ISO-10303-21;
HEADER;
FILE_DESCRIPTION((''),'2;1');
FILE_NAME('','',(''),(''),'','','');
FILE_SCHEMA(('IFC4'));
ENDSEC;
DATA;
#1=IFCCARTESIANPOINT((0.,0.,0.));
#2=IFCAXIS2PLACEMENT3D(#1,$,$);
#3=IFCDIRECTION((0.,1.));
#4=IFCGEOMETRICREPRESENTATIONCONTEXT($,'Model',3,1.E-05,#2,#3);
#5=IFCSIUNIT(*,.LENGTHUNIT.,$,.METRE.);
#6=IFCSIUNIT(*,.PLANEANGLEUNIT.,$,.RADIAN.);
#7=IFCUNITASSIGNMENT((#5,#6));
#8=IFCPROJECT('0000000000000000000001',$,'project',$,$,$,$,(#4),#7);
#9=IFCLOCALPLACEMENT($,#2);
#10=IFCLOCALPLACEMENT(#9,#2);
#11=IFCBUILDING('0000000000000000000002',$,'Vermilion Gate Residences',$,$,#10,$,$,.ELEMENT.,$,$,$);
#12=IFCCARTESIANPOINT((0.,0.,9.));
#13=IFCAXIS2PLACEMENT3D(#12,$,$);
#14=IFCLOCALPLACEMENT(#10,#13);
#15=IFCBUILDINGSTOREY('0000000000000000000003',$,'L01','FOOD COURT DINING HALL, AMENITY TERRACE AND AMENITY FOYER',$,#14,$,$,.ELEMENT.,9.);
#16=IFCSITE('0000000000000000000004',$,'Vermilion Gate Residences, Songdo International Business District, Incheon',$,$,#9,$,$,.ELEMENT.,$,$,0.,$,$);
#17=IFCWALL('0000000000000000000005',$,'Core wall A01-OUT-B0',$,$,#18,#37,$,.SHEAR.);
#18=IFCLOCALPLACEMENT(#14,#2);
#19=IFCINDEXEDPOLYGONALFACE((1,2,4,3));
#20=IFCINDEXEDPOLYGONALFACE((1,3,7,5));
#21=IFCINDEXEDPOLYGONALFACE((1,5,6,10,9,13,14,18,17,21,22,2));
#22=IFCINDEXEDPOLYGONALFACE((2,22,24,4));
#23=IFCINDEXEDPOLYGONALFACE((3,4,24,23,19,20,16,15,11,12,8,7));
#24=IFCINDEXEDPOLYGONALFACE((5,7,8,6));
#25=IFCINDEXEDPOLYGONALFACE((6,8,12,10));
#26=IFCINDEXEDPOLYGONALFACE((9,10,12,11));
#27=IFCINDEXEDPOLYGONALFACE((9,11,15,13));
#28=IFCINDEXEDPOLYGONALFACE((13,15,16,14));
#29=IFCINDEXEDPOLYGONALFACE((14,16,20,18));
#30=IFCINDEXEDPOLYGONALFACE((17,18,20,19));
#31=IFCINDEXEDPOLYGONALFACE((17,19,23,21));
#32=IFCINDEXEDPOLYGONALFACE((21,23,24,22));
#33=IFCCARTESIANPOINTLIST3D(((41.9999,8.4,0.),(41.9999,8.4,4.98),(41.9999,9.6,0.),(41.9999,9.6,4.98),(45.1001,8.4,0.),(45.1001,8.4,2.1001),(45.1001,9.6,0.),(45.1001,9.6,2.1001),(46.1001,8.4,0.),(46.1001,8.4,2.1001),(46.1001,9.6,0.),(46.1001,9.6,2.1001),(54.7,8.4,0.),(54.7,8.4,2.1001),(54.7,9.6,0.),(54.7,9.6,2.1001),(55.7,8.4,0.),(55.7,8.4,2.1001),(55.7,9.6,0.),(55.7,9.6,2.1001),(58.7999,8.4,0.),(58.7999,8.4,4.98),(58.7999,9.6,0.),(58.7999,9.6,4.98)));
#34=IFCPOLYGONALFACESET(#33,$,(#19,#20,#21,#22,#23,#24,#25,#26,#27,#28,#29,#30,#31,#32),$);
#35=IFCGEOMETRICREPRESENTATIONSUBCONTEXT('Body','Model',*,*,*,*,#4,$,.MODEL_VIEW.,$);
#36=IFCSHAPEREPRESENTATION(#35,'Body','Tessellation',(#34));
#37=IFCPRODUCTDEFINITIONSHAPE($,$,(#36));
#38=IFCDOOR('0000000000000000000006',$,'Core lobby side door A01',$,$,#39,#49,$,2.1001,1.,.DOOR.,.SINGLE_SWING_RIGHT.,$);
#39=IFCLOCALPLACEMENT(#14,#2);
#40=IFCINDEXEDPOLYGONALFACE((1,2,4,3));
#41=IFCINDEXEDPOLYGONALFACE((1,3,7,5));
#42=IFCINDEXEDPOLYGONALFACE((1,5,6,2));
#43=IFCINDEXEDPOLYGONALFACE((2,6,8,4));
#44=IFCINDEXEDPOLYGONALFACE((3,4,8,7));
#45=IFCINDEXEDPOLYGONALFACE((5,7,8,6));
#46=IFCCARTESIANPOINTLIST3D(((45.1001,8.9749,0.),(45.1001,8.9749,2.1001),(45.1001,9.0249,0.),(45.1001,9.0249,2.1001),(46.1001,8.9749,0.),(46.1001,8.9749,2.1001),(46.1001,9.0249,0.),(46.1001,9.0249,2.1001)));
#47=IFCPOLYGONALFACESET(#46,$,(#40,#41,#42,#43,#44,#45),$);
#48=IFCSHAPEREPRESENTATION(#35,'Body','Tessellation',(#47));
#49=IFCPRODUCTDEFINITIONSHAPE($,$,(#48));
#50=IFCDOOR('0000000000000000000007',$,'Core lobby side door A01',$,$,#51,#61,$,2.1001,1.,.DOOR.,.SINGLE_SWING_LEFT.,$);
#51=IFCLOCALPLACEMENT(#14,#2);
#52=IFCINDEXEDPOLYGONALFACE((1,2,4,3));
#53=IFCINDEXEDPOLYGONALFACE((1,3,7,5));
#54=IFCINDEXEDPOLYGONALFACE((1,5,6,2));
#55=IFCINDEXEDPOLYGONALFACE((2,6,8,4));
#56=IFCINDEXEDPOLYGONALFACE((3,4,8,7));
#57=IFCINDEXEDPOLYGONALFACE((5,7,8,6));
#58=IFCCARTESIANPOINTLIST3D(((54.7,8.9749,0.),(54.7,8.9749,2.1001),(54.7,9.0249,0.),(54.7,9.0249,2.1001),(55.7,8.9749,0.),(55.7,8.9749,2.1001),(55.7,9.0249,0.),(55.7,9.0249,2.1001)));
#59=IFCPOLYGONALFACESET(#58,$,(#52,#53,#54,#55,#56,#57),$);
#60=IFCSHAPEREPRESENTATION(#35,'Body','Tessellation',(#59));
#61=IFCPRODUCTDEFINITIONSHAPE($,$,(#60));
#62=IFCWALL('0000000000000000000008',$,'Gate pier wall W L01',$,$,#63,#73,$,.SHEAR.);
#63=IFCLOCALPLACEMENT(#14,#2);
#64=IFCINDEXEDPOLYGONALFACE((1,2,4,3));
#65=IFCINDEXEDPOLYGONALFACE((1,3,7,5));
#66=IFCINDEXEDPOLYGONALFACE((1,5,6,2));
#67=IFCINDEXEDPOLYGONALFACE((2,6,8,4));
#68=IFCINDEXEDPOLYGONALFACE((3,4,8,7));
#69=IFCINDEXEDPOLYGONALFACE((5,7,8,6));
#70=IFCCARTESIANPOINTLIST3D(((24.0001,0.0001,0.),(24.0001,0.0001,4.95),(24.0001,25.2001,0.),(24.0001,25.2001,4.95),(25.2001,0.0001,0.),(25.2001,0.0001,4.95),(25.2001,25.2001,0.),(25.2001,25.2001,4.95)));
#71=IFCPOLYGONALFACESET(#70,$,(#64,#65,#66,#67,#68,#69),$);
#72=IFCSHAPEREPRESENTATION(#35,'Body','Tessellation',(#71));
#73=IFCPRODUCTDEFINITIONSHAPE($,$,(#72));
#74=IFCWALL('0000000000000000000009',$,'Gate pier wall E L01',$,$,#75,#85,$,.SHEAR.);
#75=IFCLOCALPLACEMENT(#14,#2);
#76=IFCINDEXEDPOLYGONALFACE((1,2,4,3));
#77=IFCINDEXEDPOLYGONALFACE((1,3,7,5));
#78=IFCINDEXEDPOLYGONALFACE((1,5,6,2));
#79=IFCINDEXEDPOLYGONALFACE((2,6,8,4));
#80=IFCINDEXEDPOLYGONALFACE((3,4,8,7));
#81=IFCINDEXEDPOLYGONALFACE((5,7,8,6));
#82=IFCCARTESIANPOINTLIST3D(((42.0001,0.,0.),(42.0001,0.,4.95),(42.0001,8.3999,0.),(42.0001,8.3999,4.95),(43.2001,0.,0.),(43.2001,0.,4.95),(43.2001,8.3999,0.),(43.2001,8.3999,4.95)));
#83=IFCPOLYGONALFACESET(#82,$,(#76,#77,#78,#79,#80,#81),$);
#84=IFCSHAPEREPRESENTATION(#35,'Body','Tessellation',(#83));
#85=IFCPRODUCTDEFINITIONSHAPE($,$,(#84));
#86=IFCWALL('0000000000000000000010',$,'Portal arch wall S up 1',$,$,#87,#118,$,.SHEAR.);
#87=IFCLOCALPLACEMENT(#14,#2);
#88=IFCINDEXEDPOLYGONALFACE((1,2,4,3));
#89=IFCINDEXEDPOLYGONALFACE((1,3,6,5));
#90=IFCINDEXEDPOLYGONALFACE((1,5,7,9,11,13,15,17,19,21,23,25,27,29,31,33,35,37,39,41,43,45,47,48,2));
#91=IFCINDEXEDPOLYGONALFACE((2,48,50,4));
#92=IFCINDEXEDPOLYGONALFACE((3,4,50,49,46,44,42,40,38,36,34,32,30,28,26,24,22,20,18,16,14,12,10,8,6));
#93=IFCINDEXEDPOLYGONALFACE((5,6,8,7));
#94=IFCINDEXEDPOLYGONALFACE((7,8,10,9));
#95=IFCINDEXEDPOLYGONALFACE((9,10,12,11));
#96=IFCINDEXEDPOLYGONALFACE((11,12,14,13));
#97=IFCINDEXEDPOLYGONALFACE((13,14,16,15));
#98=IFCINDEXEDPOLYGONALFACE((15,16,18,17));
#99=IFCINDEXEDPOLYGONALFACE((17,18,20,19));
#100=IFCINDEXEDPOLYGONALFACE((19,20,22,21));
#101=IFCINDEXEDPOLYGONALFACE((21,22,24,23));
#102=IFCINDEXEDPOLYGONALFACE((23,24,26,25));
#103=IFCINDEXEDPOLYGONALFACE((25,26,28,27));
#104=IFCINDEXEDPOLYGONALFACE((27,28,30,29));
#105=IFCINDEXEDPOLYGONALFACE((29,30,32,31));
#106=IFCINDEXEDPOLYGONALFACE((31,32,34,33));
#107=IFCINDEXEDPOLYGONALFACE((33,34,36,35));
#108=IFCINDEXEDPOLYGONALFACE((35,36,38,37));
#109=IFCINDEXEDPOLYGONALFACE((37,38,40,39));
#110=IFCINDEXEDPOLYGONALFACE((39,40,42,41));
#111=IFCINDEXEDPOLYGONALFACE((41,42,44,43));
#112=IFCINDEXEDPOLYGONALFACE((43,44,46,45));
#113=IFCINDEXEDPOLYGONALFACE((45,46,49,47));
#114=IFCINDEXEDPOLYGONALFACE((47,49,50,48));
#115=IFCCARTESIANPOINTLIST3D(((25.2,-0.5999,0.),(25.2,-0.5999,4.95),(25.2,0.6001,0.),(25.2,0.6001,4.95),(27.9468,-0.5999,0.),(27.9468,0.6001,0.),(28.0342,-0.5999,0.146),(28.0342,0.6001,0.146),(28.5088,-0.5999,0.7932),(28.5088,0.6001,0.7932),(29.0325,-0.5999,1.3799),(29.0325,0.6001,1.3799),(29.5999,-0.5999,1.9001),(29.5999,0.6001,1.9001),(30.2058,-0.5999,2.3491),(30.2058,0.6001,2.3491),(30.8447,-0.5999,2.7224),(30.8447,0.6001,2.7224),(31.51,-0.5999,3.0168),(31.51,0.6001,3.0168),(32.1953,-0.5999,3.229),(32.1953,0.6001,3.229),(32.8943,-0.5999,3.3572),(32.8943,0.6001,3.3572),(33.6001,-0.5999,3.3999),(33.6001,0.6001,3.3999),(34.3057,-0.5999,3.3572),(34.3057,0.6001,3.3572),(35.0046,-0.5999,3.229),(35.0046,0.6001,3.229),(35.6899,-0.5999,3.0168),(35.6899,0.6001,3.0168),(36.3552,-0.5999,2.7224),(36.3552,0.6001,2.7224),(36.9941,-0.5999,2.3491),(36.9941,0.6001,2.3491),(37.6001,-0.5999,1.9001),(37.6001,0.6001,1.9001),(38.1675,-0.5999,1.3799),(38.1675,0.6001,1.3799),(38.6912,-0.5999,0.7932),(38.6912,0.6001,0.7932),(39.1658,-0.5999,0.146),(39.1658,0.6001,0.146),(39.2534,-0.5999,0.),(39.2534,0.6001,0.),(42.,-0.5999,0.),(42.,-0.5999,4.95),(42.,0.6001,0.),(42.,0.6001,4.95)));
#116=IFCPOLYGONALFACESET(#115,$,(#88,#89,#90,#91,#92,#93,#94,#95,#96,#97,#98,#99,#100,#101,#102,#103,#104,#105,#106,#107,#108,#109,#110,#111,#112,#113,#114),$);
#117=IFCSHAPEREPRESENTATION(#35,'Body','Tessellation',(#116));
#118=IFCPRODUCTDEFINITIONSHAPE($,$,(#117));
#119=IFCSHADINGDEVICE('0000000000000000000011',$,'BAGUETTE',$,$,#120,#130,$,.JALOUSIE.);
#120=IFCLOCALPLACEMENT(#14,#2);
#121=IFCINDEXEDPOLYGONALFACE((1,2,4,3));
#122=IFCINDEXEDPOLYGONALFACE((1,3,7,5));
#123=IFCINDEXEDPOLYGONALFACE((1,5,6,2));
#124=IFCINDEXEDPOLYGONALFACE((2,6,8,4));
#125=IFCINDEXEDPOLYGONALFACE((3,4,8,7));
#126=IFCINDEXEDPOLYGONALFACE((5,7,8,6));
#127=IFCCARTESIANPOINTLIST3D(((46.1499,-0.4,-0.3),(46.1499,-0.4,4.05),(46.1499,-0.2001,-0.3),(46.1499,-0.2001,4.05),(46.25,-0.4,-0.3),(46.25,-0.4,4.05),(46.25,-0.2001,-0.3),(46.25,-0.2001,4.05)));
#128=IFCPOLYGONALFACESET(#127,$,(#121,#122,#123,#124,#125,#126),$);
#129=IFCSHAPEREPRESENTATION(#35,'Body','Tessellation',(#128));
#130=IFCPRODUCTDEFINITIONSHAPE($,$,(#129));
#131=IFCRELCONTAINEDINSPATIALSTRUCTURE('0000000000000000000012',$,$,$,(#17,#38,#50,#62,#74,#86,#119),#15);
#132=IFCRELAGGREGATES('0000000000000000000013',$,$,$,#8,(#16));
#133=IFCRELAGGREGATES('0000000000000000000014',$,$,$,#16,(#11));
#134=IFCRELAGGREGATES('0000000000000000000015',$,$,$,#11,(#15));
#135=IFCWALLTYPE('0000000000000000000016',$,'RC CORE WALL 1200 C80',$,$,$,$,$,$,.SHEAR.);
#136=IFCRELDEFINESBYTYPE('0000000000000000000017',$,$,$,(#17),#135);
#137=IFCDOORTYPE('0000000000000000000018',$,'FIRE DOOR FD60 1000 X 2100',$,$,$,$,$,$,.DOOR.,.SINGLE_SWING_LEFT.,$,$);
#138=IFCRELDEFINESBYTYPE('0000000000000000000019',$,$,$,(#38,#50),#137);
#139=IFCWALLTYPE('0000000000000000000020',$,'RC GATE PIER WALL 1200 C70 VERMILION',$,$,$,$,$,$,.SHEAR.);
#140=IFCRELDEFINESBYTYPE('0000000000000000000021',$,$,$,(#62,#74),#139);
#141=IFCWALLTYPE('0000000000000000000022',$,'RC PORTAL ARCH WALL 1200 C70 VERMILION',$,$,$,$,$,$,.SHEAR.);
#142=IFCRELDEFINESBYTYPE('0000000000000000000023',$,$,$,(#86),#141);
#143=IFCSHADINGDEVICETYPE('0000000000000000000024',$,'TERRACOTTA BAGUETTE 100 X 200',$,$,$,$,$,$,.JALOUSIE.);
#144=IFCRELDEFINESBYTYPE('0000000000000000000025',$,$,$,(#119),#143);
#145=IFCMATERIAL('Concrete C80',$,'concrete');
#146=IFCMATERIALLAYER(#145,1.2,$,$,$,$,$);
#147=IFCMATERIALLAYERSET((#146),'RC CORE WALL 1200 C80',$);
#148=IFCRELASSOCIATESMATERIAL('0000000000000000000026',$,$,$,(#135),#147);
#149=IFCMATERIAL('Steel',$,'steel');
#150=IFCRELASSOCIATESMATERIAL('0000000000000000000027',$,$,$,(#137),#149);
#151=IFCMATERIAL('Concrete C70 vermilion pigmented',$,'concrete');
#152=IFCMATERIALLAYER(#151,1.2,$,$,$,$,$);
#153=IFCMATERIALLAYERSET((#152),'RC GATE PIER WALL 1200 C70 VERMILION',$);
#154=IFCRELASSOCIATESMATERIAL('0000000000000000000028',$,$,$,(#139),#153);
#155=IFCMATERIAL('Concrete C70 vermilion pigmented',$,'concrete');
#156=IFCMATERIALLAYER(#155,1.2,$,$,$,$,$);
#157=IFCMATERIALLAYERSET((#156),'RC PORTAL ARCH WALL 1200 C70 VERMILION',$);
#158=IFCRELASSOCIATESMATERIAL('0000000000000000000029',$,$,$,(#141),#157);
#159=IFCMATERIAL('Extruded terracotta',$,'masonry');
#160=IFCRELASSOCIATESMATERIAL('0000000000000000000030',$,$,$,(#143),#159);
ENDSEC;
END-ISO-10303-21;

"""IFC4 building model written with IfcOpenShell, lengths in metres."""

from ifc_helpers import new_model, si_unit, direction, frame, frame_2d, origin, origin_2d, place, context, subcontext, project, spatial, polyline, rectangle, outline, extrude, material, layer, layer_set, material_profile, profile_set, type_object, element, fill, save


model = new_model("IFC4")

# Units and contexts
model_context = context("Model", 3, precision=1e-05, world=origin(), true_north=direction((0.0, 1.0)))
body_context = subcontext(model_context, "Body", "Model", "MODEL_VIEW")
ifc_project = project(units=[si_unit("LENGTHUNIT", "METRE"), si_unit("PLANEANGLEUNIT", "RADIAN")], contexts=[model_context])

# Site, building, storey
site_placement = place(None, origin())
site = spatial("IfcSite", under=ifc_project, at=site_placement, Name="Vermilion Gate Residences, Songdo International Business District, Incheon", CompositionType="ELEMENT", RefElevation=0.0)
building_placement = place(site_placement, origin())
building = spatial("IfcBuilding", under=site, at=building_placement, Name="Vermilion Gate Residences", CompositionType="ELEMENT")
storey_placement = place(building_placement, frame((0.0, 0.0, 9.0)))
storey = spatial("IfcBuildingStorey", under=building, at=storey_placement, Name="L01", Description="FOOD COURT DINING HALL, AMENITY TERRACE AND AMENITY FOYER", CompositionType="ELEMENT", Elevation=9.0)

# Wall, openings, doors
ifc_material_1 = material(Name="Concrete C80", Category="concrete")
ifc_layer_1 = layer(ifc_material_1, 1.2)
ifc_layer_set_1 = layer_set([ifc_layer_1], Name="RC CORE WALL 1200 C80")
wall_type_1 = type_object("IfcWallType", Name="RC CORE WALL 1200 C80", PredefinedType="SHEAR", material=ifc_layer_set_1)
wall_1_placement = place(storey_placement, frame((42.0, 9.0, 0.0), z_axis=(0.0, 0.0, 1.0), x_axis=(1.0, 0.0, 0.0)))
wall_1 = element("IfcWall", 1, at=wall_1_placement, inside=storey, type_object=wall_type_1, Name="Core wall A01-OUT-B0", PredefinedType="SHEAR", context=body_context, shape_type="SweptSolid", body=[
    extrude(rectangle(XDim=16.8, YDim=1.2, at=frame_2d((8.3999, 0.0))), origin(), (0.0, 0.0, 1.0), 4.98),
])
opening_1_placement = place(wall_1_placement, frame((3.1001, 0.0, 0.0)))
opening_1 = element("IfcOpeningElement", 2, at=opening_1_placement, cuts=wall_1, PredefinedType="OPENING", context=body_context, shape_type="SweptSolid", body=[
    extrude(rectangle(XDim=1.0, YDim=2.1001, at=frame_2d((0.5, 1.05))), frame((0.0, 0.6099, 0.0), z_axis=(0.0, -1.0, 0.0), x_axis=(1.0, 0.0, 0.0)), (0.0, 0.0, 1.0), 1.22),
])
opening_2_placement = place(wall_1_placement, frame((12.7, 0.0, 0.0)))
opening_2 = element("IfcOpeningElement", 3, at=opening_2_placement, cuts=wall_1, PredefinedType="OPENING", context=body_context, shape_type="SweptSolid", body=[
    extrude(rectangle(XDim=1.0, YDim=2.1001, at=frame_2d((0.5, 1.05))), frame((0.0, 0.6099, 0.0), z_axis=(0.0, -1.0, 0.0), x_axis=(1.0, 0.0, 0.0)), (0.0, 0.0, 1.0), 1.22),
])
ifc_material_2 = material(Name="Steel", Category="steel")
door_type = type_object("IfcDoorType", Name="FIRE DOOR FD60 1000 X 2100", OperationType="SINGLE_SWING_LEFT", PredefinedType="DOOR", material=ifc_material_2)
door_1_placement = place(opening_1_placement, origin())
door_1 = element("IfcDoor", 4, at=door_1_placement, inside=storey, type_object=door_type, Name="Core lobby side door A01", OperationType="SINGLE_SWING_RIGHT", OverallHeight=2.1001, OverallWidth=1.0, PredefinedType="DOOR", context=body_context, shape_type="SweptSolid", body=[
    extrude(rectangle(XDim=1.0, YDim=2.1001, at=frame_2d((0.5, 1.05))), frame((0.0, 0.0249, 0.0), z_axis=(0.0, -1.0, 0.0), x_axis=(1.0, 0.0, 0.0)), (0.0, 0.0, 1.0), 0.05),
])
fill(opening_1, door_1)
door_2_placement = place(opening_2_placement, origin())
door_2 = element("IfcDoor", 5, at=door_2_placement, inside=storey, type_object=door_type, Name="Core lobby side door A01", OperationType="SINGLE_SWING_LEFT", OverallHeight=2.1001, OverallWidth=1.0, PredefinedType="DOOR", context=body_context, shape_type="SweptSolid", body=[
    extrude(rectangle(XDim=1.0, YDim=2.1001, at=frame_2d((0.5, 1.05))), frame((0.0, 0.0249, 0.0), z_axis=(0.0, -1.0, 0.0), x_axis=(1.0, 0.0, 0.0)), (0.0, 0.0, 1.0), 0.05),
])
fill(opening_2, door_2)

# Walls
ifc_material_3 = material(Name="Concrete C70 vermilion pigmented", Category="concrete")
ifc_layer_2 = layer(ifc_material_3, 1.2)
ifc_layer_set_2 = layer_set([ifc_layer_2], Name="RC GATE PIER WALL 1200 C70 VERMILION")
wall_type_2 = type_object("IfcWallType", Name="RC GATE PIER WALL 1200 C70 VERMILION", PredefinedType="SHEAR", material=ifc_layer_set_2)
wall_2_placement = place(storey_placement, frame((24.6001, 0.0, 0.0), z_axis=(0.0, 0.0, 1.0), x_axis=(0.0, 1.0, 0.0)))
element("IfcWall", 6, at=wall_2_placement, inside=storey, type_object=wall_type_2, Name="Gate pier wall W L01", PredefinedType="SHEAR", context=body_context, shape_type="SweptSolid", body=[
    extrude(rectangle(XDim=25.2, YDim=1.2, at=frame_2d((12.6001, 0.0))), origin(), (0.0, 0.0, 1.0), 4.95),
])
wall_3_placement = place(storey_placement, frame((42.6001, 0.0, 0.0), z_axis=(0.0, 0.0, 1.0), x_axis=(0.0, 1.0, 0.0)))
element("IfcWall", 7, at=wall_3_placement, inside=storey, type_object=wall_type_2, Name="Gate pier wall E L01", PredefinedType="SHEAR", context=body_context, shape_type="SweptSolid", body=[
    extrude(rectangle(XDim=8.3999, YDim=1.2, at=frame_2d((4.2, 0.0))), origin(), (0.0, 0.0, 1.0), 4.95),
])
ifc_material_4 = material(Name="Concrete C70 vermilion pigmented", Category="concrete")
ifc_layer_3 = layer(ifc_material_4, 1.2)
ifc_layer_set_3 = layer_set([ifc_layer_3], Name="RC PORTAL ARCH WALL 1200 C70 VERMILION")
wall_type_3 = type_object("IfcWallType", Name="RC PORTAL ARCH WALL 1200 C70 VERMILION", PredefinedType="SHEAR", material=ifc_layer_set_3)
wall_4_placement = place(storey_placement, frame((25.2, 0.6001, 4.95), z_axis=(0.0, 1.0, 0.0), x_axis=(1.0, 0.0, 0.0)))
element("IfcWall", 8, at=wall_4_placement, inside=storey, type_object=wall_type_3, Name="Portal arch wall S up 1", PredefinedType="SHEAR", context=body_context, shape_type="SweptSolid", body=[
    extrude(outline(polyline([(0.0, 0.0), (16.8, 0.0), (16.8, 4.95), (14.0535, 4.95), (13.9658, 4.804), (13.4912, 4.1567), (12.9675, 3.5701), (12.4001, 3.0498), (11.7942, 2.6008), (11.1553, 2.2275), (10.49, 1.9331), (9.8047, 1.7209), (9.1057, 1.5928), (8.4001, 1.55), (7.6943, 1.5928), (6.9954, 1.7209), (6.3101, 1.9331), (5.6448, 2.2275), (5.0059, 2.6008), (4.3999, 3.0498), (3.8325, 3.5701), (3.3088, 4.1567), (2.8342, 4.804), (2.7468, 4.95), (0.0, 4.95), (0.0, 0.0)])), origin(), (0.0, 0.0, -1.0), 1.2),
])

# Shading device
ifc_material_5 = material(Name="Extruded terracotta", Category="masonry")
ifc_material_profile_1 = material_profile(ifc_material_5, rectangle(XDim=0.2, YDim=0.1001, at=origin_2d()), Name="BAGUETTE 100 X 200")
ifc_profile_set_1 = profile_set([ifc_material_profile_1], Name="Extruded terracotta")
shading_device_type = type_object("IfcShadingDeviceType", Name="TERRACOTTA BAGUETTE 100 X 200", PredefinedType="JALOUSIE", material=ifc_profile_set_1)
shading_device_placement = place(storey_placement, frame((46.2, -0.3, -0.3), z_axis=(0.0, 0.0, 1.0), x_axis=(0.0, 1.0, 0.0)))
element("IfcShadingDevice", 9, at=shading_device_placement, inside=storey, type_object=shading_device_type, Name="BAGUETTE", PredefinedType="JALOUSIE", context=body_context, shape_type="SweptSolid", body=[
    extrude(rectangle(XDim=0.2, YDim=0.1001, at=origin_2d()), origin(), (0.0, 0.0, 1.0), 4.3501),
])

save(model, "model.ifc")
